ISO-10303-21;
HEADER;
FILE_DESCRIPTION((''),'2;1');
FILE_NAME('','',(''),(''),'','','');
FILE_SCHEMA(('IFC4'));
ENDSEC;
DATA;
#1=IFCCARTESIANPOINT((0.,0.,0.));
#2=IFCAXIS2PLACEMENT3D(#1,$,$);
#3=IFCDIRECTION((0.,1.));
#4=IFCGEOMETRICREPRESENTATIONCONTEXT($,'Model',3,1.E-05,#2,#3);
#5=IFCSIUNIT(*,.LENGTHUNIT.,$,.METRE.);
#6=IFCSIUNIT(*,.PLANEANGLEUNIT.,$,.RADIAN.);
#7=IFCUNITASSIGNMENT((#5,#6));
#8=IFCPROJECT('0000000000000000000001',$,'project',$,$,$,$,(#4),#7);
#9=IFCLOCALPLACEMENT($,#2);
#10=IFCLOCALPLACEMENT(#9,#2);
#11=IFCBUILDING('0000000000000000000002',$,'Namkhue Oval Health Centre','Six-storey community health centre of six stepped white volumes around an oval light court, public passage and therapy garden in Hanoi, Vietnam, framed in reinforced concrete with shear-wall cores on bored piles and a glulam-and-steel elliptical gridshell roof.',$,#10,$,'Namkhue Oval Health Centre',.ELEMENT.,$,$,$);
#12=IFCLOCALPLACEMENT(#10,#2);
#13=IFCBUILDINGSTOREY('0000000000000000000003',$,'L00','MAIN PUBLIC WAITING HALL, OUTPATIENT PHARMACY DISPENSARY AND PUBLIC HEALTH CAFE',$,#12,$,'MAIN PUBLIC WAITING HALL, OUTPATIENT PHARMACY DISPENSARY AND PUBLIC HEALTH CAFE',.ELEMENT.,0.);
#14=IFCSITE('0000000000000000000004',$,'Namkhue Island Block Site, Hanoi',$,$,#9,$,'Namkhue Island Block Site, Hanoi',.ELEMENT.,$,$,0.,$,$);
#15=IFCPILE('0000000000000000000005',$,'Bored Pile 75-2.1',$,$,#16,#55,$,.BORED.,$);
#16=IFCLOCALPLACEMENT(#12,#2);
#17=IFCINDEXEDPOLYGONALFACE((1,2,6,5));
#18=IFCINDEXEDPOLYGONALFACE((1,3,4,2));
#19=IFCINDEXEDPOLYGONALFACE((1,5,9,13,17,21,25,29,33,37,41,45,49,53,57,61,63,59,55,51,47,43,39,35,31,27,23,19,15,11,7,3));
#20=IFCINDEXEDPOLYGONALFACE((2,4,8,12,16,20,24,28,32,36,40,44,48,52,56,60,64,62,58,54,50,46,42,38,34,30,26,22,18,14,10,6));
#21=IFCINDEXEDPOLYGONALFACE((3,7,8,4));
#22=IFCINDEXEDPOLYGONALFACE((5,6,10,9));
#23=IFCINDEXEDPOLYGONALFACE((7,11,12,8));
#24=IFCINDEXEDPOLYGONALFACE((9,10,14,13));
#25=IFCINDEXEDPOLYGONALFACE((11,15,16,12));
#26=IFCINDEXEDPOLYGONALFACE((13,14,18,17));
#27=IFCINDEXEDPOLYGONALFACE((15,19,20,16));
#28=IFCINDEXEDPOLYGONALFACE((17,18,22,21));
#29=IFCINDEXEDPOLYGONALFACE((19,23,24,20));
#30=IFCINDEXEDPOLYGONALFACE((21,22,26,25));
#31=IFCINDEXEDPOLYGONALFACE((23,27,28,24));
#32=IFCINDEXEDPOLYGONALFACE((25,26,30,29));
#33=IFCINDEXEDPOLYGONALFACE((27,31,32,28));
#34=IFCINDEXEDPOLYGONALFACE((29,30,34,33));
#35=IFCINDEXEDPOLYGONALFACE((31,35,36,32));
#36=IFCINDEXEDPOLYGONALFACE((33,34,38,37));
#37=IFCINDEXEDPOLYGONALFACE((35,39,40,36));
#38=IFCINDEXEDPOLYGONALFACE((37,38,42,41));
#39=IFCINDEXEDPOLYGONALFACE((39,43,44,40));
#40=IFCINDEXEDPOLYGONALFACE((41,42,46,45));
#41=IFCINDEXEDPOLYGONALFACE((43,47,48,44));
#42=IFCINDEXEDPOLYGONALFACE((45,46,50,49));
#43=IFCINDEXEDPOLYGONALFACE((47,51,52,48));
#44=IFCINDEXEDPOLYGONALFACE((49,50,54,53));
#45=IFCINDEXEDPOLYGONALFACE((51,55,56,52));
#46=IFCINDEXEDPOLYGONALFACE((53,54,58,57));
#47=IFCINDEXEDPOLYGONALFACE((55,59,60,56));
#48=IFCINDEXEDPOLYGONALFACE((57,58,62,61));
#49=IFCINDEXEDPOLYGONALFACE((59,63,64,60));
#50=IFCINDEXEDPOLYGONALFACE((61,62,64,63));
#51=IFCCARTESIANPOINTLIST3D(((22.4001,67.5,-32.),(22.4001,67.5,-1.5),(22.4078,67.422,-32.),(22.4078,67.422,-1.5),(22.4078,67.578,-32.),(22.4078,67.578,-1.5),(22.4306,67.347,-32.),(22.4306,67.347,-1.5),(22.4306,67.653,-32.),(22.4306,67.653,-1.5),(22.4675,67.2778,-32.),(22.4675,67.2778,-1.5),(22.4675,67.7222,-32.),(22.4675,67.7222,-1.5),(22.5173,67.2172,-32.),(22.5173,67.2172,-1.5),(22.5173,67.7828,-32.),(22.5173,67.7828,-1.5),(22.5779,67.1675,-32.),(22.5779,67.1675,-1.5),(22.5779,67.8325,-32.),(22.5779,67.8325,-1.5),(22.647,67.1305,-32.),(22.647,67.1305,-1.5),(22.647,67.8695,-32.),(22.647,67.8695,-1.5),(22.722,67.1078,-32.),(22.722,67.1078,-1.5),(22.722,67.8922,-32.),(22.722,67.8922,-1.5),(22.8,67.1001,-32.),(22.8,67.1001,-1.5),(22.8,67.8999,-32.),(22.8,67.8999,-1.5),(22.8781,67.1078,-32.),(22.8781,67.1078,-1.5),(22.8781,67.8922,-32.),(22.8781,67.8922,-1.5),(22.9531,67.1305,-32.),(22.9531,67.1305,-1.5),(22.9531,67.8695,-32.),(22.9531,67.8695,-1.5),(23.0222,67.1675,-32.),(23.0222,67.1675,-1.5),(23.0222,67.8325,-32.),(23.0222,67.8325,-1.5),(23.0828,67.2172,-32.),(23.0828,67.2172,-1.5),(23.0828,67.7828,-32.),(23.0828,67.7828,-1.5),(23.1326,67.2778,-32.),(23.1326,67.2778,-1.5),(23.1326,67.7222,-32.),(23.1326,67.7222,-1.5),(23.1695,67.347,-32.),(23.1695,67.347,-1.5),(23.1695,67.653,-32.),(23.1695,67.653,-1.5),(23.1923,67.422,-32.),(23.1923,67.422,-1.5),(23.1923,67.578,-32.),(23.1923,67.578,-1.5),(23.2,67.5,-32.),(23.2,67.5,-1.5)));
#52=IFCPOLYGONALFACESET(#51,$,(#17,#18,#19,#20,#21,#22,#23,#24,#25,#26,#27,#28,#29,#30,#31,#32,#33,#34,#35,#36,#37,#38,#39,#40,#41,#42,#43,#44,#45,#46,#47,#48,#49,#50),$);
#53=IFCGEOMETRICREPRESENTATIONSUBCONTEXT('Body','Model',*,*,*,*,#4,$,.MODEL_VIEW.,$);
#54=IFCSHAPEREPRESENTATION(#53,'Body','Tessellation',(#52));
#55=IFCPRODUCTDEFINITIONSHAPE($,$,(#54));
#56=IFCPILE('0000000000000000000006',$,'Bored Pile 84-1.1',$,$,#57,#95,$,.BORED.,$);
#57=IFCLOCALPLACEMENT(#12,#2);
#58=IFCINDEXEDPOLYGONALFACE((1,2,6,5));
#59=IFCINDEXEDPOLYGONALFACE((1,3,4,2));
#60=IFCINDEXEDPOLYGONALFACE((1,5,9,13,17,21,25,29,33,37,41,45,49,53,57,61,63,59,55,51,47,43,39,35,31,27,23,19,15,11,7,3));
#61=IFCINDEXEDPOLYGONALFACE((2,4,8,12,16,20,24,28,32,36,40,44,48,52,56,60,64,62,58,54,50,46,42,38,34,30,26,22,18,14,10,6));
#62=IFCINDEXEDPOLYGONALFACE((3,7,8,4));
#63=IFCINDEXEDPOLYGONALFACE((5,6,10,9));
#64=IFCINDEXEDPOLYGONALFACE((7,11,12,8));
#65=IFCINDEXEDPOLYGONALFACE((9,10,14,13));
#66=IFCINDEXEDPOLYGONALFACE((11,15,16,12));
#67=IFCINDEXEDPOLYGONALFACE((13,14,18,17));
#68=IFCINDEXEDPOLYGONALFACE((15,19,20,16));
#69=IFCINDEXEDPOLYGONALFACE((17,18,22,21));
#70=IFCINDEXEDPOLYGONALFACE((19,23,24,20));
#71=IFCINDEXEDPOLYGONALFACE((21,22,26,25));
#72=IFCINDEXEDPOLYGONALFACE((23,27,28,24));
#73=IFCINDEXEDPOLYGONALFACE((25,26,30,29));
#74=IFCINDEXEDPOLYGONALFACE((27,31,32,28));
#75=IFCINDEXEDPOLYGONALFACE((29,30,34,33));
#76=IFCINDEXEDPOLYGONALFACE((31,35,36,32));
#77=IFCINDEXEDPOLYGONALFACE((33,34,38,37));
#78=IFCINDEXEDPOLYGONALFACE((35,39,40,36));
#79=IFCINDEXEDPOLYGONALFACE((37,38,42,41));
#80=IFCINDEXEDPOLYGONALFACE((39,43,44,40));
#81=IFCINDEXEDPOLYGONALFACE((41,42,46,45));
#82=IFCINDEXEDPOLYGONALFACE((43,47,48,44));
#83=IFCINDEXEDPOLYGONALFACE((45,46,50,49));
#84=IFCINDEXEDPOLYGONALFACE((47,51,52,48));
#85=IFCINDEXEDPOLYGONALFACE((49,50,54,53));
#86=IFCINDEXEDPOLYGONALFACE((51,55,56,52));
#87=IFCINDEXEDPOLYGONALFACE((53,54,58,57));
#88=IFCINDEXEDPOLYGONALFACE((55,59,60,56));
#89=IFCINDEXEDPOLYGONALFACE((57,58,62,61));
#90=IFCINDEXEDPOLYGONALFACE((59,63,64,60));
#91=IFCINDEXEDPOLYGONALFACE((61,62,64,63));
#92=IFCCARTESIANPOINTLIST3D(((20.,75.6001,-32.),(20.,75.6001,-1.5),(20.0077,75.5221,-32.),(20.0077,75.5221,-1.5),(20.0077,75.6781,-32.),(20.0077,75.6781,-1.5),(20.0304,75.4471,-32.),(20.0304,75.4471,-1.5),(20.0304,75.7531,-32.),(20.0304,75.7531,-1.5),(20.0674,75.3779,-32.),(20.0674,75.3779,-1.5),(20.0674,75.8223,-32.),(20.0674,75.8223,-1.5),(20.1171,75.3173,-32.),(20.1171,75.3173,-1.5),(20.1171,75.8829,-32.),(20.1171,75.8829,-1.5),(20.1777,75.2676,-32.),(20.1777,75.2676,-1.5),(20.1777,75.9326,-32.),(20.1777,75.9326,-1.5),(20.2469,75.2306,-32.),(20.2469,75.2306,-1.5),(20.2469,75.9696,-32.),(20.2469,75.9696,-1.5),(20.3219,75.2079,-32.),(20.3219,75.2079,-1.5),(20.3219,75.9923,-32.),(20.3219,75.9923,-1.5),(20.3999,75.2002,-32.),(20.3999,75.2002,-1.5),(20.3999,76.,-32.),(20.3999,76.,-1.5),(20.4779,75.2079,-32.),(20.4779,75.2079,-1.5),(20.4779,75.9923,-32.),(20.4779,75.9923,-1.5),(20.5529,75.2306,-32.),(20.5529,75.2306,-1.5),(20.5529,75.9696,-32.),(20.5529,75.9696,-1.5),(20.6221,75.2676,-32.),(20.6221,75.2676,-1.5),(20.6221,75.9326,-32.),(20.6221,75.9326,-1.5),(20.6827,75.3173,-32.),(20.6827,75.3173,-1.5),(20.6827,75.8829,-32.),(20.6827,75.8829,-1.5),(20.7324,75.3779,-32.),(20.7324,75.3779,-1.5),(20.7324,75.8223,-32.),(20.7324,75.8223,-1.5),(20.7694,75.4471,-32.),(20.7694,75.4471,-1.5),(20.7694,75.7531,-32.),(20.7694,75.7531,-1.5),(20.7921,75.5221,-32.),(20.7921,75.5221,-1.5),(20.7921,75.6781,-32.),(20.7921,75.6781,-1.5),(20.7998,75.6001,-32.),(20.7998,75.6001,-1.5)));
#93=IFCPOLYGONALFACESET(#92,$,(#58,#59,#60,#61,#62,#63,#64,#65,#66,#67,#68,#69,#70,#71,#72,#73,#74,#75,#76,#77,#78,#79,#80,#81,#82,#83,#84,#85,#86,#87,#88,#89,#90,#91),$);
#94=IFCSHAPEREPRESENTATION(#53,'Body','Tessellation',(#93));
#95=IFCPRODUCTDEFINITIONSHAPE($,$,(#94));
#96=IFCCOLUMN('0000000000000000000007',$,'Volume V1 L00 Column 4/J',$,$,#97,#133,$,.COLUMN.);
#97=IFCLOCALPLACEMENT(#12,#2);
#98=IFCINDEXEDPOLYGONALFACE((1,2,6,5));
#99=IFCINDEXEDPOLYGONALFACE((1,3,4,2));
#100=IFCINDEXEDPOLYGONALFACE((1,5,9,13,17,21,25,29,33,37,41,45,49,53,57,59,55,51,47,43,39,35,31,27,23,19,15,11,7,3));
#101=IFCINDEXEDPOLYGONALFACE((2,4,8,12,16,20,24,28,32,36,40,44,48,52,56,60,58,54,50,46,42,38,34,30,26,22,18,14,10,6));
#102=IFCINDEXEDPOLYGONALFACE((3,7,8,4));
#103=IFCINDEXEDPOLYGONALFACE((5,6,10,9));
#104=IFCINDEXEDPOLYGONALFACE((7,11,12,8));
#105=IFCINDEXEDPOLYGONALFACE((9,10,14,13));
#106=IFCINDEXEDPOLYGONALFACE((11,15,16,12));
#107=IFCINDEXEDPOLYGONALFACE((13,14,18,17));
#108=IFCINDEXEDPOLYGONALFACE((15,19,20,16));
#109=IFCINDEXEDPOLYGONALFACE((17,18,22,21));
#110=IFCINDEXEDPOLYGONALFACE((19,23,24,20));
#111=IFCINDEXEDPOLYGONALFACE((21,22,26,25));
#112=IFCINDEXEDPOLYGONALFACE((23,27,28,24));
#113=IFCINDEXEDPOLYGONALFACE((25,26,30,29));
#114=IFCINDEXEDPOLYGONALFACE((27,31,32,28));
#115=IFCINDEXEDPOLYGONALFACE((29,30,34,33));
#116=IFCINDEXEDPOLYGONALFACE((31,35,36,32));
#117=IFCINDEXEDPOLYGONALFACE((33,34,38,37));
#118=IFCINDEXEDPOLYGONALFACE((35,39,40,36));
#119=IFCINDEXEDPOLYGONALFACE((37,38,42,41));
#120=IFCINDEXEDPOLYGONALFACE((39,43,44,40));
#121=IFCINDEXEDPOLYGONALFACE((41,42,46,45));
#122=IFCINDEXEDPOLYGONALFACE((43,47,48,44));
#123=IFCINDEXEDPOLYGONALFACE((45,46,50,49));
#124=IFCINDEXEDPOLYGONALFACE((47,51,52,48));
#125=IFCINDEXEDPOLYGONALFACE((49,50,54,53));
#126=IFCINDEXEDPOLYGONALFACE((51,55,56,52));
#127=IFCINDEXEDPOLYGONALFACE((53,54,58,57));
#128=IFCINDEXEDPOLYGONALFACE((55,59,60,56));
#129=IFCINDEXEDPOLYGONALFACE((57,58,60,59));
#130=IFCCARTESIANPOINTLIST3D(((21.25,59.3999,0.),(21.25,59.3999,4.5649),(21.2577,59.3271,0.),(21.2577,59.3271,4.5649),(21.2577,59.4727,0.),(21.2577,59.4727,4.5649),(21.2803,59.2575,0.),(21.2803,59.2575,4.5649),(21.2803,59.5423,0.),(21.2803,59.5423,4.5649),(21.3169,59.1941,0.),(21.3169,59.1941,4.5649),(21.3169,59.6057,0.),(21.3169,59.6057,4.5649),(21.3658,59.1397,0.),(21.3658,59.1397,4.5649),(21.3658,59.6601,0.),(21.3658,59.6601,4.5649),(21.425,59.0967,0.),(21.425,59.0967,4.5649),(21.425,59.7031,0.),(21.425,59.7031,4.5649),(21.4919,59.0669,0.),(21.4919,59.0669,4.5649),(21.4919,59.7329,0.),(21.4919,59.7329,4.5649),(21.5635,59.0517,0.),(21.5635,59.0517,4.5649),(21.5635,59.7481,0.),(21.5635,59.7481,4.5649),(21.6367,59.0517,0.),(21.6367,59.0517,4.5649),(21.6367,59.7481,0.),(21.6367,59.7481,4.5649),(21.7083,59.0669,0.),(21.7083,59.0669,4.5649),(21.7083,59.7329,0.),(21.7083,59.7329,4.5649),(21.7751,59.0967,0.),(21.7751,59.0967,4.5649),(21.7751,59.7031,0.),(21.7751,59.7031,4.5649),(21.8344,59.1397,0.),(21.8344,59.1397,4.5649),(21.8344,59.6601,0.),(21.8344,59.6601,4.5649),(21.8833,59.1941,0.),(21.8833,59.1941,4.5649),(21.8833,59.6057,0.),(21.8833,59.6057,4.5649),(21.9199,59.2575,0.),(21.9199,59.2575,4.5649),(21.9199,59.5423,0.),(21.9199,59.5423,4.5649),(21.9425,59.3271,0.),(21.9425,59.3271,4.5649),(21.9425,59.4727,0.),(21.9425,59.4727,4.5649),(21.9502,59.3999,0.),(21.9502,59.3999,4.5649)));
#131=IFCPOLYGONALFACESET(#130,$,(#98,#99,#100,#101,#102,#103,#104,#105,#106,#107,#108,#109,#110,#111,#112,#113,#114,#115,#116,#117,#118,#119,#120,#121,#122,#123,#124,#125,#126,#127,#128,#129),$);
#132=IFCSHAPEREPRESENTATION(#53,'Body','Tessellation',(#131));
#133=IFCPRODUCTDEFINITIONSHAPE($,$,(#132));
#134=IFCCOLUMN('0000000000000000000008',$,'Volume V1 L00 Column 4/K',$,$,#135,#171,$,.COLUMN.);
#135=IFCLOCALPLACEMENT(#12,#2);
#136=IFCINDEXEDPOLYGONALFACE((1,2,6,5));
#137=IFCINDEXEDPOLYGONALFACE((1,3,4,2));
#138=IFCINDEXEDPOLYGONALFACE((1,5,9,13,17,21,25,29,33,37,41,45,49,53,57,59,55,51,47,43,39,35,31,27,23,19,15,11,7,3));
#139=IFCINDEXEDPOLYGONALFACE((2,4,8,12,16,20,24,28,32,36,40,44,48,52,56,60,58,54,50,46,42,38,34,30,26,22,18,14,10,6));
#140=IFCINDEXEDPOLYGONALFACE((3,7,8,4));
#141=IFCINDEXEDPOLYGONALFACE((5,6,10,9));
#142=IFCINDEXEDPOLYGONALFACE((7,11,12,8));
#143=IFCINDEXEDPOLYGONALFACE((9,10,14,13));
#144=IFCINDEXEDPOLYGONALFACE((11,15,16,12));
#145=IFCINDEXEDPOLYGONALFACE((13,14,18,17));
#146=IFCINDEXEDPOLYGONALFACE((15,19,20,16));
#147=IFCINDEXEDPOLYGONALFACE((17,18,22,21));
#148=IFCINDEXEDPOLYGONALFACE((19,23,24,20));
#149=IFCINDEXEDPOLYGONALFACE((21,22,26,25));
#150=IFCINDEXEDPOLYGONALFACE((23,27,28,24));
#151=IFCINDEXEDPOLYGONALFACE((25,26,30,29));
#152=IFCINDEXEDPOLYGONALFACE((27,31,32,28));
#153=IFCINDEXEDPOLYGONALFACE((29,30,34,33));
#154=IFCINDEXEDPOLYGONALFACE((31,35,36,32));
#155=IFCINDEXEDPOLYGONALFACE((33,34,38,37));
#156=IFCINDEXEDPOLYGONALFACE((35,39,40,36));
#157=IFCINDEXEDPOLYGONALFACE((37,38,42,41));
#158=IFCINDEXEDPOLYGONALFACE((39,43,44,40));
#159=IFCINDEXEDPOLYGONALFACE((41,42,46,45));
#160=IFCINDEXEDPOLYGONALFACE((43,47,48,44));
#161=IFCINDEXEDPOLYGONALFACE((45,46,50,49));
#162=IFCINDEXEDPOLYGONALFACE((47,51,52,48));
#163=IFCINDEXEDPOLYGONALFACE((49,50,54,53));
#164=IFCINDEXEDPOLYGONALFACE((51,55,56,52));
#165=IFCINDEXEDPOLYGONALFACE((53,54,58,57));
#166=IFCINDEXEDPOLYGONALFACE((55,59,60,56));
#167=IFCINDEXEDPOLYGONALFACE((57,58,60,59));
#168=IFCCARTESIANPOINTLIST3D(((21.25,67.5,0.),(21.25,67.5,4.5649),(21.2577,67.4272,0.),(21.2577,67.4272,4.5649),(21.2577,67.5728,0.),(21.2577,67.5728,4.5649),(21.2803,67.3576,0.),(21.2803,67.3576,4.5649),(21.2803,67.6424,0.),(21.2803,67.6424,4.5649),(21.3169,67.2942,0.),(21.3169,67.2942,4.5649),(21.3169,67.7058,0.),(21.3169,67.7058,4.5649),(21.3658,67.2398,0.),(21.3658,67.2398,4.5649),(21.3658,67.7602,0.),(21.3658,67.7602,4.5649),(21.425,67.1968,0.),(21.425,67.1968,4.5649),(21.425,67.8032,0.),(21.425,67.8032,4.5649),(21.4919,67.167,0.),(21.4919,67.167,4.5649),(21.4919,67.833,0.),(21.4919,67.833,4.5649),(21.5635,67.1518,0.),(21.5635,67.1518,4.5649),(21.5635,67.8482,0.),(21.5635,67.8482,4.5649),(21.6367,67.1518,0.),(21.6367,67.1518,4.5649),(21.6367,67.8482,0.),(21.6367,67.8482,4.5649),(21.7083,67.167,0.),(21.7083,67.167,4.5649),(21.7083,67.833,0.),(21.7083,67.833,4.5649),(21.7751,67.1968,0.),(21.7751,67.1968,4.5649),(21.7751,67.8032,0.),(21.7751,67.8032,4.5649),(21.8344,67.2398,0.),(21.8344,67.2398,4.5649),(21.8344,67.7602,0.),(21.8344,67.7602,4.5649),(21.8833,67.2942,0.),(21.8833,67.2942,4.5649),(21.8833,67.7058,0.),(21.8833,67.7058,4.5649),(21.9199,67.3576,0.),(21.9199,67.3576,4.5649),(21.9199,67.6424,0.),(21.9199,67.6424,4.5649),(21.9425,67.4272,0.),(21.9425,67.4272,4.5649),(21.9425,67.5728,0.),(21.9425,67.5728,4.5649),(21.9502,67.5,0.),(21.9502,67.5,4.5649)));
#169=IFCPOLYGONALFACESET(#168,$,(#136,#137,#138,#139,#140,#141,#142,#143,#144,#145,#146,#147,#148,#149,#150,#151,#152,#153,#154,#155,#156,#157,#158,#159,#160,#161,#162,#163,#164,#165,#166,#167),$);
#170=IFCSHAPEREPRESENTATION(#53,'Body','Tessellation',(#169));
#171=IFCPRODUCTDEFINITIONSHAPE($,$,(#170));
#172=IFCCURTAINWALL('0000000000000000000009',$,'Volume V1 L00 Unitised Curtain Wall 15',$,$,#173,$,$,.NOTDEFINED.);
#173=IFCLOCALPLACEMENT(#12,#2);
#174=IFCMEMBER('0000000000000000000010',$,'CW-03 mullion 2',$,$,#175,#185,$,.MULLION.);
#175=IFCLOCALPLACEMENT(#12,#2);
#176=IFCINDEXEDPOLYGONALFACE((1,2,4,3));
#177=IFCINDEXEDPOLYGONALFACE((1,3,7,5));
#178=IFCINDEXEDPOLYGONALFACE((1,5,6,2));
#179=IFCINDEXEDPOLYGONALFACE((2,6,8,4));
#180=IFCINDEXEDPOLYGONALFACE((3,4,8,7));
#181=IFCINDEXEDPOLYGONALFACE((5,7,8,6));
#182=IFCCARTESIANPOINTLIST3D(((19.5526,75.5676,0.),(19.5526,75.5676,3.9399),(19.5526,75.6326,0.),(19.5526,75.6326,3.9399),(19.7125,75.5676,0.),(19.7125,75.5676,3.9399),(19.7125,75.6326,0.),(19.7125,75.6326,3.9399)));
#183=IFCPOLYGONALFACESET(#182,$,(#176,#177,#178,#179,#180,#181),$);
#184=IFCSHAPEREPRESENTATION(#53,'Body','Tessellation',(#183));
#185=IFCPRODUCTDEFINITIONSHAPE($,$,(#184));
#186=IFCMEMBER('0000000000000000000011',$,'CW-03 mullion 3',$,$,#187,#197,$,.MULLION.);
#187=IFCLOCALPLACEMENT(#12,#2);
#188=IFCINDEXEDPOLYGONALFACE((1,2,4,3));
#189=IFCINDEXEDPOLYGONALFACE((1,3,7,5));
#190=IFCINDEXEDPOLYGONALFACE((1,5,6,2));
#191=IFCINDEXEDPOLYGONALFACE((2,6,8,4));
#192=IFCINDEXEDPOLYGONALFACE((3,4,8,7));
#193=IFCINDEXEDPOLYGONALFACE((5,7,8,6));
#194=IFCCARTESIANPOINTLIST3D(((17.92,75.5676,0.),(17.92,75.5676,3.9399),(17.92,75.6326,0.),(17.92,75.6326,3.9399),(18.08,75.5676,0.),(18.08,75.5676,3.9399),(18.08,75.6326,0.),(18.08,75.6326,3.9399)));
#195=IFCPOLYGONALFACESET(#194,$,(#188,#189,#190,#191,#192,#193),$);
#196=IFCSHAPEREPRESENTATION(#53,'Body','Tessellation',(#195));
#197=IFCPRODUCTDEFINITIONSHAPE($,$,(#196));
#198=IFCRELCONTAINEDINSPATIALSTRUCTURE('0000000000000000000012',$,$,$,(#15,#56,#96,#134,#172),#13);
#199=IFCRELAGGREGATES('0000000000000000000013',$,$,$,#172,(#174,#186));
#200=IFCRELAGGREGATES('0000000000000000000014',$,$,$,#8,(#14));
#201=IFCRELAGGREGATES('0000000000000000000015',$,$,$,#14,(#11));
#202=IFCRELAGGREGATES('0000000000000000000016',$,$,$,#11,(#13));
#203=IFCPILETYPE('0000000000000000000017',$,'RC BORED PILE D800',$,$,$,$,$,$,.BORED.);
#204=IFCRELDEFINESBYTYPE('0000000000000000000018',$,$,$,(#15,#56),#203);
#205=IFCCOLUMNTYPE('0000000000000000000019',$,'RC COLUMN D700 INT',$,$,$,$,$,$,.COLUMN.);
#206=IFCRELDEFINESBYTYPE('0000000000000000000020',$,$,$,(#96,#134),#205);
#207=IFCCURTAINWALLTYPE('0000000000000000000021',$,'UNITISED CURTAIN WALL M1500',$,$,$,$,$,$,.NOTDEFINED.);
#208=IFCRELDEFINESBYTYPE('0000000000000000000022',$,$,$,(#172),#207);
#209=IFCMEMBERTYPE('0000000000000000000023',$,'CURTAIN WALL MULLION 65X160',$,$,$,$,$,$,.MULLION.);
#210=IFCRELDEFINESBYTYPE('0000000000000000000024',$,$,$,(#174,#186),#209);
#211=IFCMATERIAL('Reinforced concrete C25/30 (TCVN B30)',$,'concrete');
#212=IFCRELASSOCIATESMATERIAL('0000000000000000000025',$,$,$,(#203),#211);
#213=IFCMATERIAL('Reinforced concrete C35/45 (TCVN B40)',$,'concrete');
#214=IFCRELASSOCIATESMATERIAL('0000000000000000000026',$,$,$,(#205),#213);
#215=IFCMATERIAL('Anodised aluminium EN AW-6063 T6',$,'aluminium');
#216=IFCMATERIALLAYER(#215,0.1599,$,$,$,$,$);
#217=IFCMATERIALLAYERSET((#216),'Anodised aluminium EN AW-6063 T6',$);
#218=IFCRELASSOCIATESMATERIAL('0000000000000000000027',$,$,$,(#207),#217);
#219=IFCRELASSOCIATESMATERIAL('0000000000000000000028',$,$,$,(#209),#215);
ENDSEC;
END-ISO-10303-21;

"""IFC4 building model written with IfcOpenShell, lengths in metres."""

from ifc_helpers import new_model, si_unit, direction, frame, origin, origin_2d, place, context, subcontext, project, spatial, rectangle, circle, extrude, material, layer, layer_set, material_profile, profile_set, type_object, element, aggregate, save


model = new_model("IFC4")

# Units and contexts
model_context = context("Model", 3, precision=1e-05, world=origin(), true_north=direction((0.0, 1.0)))
body_context = subcontext(model_context, "Body", "Model", "MODEL_VIEW")
ifc_project = project(units=[si_unit("LENGTHUNIT", "METRE"), si_unit("PLANEANGLEUNIT", "RADIAN")], contexts=[model_context])

# Site, building, storey
site_placement = place(None, origin())
site = spatial("IfcSite", under=ifc_project, at=site_placement, Name="Namkhue Island Block Site, Hanoi", LongName="Namkhue Island Block Site, Hanoi", CompositionType="ELEMENT", RefElevation=0.0)
building_placement = place(site_placement, origin())
building = spatial("IfcBuilding", under=site, at=building_placement, Name="Namkhue Oval Health Centre", Description="Six-storey community health centre of six stepped white volumes around an oval light court, public passage and therapy garden in Hanoi, Vietnam, framed in reinforced concrete with shear-wall cores on bored piles and a glulam-and-steel elliptical gridshell roof.", LongName="Namkhue Oval Health Centre", CompositionType="ELEMENT")
storey_placement = place(building_placement, origin())
storey = spatial("IfcBuildingStorey", under=building, at=storey_placement, Name="L00", Description="MAIN PUBLIC WAITING HALL, OUTPATIENT PHARMACY DISPENSARY AND PUBLIC HEALTH CAFE", LongName="MAIN PUBLIC WAITING HALL, OUTPATIENT PHARMACY DISPENSARY AND PUBLIC HEALTH CAFE", CompositionType="ELEMENT", Elevation=0.0)

# Piles
ifc_material_1 = material(Name="Reinforced concrete C25/30 (TCVN B30)", Category="concrete")
ifc_material_profile_1 = material_profile(ifc_material_1, circle(Radius=0.3999, at=origin_2d()), Name="BORED PILE D800")
ifc_profile_set_1 = profile_set([ifc_material_profile_1], Name="Reinforced concrete C25/30 (TCVN B30)")
pile_type_1 = type_object("IfcPileType", Name="RC BORED PILE D800", PredefinedType="BORED", material=ifc_profile_set_1)
for number, where, z_axis, x_axis, name in (
    (1, (22.8, 67.5, -1.5), (0.0, 0.0, -1.0), (1.0, 0.0, 0.0), "Bored Pile 75-2.1"),
    (2, (20.3999, 75.6001, -1.5), (0.0, 0.0, -1.0), (1.0, 0.0, 0.0), "Bored Pile 84-1.1"),
):
    element("IfcPile", number, at=place(storey_placement, frame(where, z_axis=z_axis, x_axis=x_axis)), inside=storey, type_object=pile_type_1, Name=name, PredefinedType="BORED", context=body_context, shape_type="SweptSolid", body=[
        extrude(circle(Radius=0.3999, at=origin_2d()), origin(), (0.0, 0.0, 1.0), 30.5),
    ])

# Columns
ifc_material_2 = material(Name="Reinforced concrete C35/45 (TCVN B40)", Category="concrete")
ifc_material_profile_2 = material_profile(ifc_material_2, circle(Radius=0.3501, at=origin_2d()), Name="RC D700")
ifc_profile_set_2 = profile_set([ifc_material_profile_2], Name="Reinforced concrete C35/45 (TCVN B40)")
column_type = type_object("IfcColumnType", Name="RC COLUMN D700 INT", PredefinedType="COLUMN", material=ifc_profile_set_2)
for number, where, z_axis, x_axis, name in (
    (3, (21.6001, 59.3999, 0.0), (0.0, 0.0, 1.0), (1.0, 0.0, 0.0), "Volume V1 L00 Column 4/J"),
    (4, (21.6001, 67.5, 0.0), (0.0, 0.0, 1.0), (1.0, 0.0, 0.0), "Volume V1 L00 Column 4/K"),
):
    element("IfcColumn", number, at=place(storey_placement, frame(where, z_axis=z_axis, x_axis=x_axis)), inside=storey, type_object=column_type, Name=name, PredefinedType="COLUMN", context=body_context, shape_type="SweptSolid", body=[
        extrude(circle(Radius=0.3501, at=origin_2d()), origin(), (0.0, 0.0, 1.0), 4.5649),
    ])

# Curtain wall, members
ifc_material_3 = material(Name="Anodised aluminium EN AW-6063 T6", Category="aluminium")
ifc_layer_1 = layer(ifc_material_3, 0.1599)
ifc_layer_set_1 = layer_set([ifc_layer_1], Name="Anodised aluminium EN AW-6063 T6")
curtain_wall_type = type_object("IfcCurtainWallType", Name="UNITISED CURTAIN WALL M1500", PredefinedType="NOTDEFINED", material=ifc_layer_set_1)
curtain_wall_placement = place(storey_placement, origin())
curtain_wall = element("IfcCurtainWall", 5, at=curtain_wall_placement, inside=storey, type_object=curtain_wall_type, Name="Volume V1 L00 Unitised Curtain Wall 15", PredefinedType="NOTDEFINED")
ifc_material_profile_3 = material_profile(ifc_material_3, rectangle(XDim=0.0649, YDim=0.1599, at=origin_2d()), Name="ALU 65x160")
ifc_profile_set_3 = profile_set([ifc_material_profile_3], Name="Anodised aluminium EN AW-6063 T6")
member_type_1 = type_object("IfcMemberType", Name="CURTAIN WALL MULLION 65X160", PredefinedType="MULLION", material=ifc_profile_set_3)
member_1_placement = place(storey_placement, frame((19.6326, 75.6001, 0.0), z_axis=(0.0, 0.0, 1.0), x_axis=(0.0, -1.0, 0.0)))
member_1 = element("IfcMember", 6, at=member_1_placement, type_object=member_type_1, Name="CW-03 mullion 2", PredefinedType="MULLION", context=body_context, shape_type="SweptSolid", body=[
    extrude(rectangle(XDim=0.0649, YDim=0.1599, at=origin_2d()), origin(), (0.0, 0.0, 1.0), 3.9399),
])
member_2_placement = place(storey_placement, frame((18.0, 75.6001, 0.0), z_axis=(0.0, 0.0, 1.0), x_axis=(0.0, -1.0, 0.0)))
member_2 = element("IfcMember", 7, at=member_2_placement, type_object=member_type_1, Name="CW-03 mullion 3", PredefinedType="MULLION", context=body_context, shape_type="SweptSolid", body=[
    extrude(rectangle(XDim=0.0649, YDim=0.1599, at=origin_2d()), origin(), (0.0, 0.0, 1.0), 3.9399),
])

aggregate(curtain_wall, [member_1, member_2])

save(model, "model.ifc")
